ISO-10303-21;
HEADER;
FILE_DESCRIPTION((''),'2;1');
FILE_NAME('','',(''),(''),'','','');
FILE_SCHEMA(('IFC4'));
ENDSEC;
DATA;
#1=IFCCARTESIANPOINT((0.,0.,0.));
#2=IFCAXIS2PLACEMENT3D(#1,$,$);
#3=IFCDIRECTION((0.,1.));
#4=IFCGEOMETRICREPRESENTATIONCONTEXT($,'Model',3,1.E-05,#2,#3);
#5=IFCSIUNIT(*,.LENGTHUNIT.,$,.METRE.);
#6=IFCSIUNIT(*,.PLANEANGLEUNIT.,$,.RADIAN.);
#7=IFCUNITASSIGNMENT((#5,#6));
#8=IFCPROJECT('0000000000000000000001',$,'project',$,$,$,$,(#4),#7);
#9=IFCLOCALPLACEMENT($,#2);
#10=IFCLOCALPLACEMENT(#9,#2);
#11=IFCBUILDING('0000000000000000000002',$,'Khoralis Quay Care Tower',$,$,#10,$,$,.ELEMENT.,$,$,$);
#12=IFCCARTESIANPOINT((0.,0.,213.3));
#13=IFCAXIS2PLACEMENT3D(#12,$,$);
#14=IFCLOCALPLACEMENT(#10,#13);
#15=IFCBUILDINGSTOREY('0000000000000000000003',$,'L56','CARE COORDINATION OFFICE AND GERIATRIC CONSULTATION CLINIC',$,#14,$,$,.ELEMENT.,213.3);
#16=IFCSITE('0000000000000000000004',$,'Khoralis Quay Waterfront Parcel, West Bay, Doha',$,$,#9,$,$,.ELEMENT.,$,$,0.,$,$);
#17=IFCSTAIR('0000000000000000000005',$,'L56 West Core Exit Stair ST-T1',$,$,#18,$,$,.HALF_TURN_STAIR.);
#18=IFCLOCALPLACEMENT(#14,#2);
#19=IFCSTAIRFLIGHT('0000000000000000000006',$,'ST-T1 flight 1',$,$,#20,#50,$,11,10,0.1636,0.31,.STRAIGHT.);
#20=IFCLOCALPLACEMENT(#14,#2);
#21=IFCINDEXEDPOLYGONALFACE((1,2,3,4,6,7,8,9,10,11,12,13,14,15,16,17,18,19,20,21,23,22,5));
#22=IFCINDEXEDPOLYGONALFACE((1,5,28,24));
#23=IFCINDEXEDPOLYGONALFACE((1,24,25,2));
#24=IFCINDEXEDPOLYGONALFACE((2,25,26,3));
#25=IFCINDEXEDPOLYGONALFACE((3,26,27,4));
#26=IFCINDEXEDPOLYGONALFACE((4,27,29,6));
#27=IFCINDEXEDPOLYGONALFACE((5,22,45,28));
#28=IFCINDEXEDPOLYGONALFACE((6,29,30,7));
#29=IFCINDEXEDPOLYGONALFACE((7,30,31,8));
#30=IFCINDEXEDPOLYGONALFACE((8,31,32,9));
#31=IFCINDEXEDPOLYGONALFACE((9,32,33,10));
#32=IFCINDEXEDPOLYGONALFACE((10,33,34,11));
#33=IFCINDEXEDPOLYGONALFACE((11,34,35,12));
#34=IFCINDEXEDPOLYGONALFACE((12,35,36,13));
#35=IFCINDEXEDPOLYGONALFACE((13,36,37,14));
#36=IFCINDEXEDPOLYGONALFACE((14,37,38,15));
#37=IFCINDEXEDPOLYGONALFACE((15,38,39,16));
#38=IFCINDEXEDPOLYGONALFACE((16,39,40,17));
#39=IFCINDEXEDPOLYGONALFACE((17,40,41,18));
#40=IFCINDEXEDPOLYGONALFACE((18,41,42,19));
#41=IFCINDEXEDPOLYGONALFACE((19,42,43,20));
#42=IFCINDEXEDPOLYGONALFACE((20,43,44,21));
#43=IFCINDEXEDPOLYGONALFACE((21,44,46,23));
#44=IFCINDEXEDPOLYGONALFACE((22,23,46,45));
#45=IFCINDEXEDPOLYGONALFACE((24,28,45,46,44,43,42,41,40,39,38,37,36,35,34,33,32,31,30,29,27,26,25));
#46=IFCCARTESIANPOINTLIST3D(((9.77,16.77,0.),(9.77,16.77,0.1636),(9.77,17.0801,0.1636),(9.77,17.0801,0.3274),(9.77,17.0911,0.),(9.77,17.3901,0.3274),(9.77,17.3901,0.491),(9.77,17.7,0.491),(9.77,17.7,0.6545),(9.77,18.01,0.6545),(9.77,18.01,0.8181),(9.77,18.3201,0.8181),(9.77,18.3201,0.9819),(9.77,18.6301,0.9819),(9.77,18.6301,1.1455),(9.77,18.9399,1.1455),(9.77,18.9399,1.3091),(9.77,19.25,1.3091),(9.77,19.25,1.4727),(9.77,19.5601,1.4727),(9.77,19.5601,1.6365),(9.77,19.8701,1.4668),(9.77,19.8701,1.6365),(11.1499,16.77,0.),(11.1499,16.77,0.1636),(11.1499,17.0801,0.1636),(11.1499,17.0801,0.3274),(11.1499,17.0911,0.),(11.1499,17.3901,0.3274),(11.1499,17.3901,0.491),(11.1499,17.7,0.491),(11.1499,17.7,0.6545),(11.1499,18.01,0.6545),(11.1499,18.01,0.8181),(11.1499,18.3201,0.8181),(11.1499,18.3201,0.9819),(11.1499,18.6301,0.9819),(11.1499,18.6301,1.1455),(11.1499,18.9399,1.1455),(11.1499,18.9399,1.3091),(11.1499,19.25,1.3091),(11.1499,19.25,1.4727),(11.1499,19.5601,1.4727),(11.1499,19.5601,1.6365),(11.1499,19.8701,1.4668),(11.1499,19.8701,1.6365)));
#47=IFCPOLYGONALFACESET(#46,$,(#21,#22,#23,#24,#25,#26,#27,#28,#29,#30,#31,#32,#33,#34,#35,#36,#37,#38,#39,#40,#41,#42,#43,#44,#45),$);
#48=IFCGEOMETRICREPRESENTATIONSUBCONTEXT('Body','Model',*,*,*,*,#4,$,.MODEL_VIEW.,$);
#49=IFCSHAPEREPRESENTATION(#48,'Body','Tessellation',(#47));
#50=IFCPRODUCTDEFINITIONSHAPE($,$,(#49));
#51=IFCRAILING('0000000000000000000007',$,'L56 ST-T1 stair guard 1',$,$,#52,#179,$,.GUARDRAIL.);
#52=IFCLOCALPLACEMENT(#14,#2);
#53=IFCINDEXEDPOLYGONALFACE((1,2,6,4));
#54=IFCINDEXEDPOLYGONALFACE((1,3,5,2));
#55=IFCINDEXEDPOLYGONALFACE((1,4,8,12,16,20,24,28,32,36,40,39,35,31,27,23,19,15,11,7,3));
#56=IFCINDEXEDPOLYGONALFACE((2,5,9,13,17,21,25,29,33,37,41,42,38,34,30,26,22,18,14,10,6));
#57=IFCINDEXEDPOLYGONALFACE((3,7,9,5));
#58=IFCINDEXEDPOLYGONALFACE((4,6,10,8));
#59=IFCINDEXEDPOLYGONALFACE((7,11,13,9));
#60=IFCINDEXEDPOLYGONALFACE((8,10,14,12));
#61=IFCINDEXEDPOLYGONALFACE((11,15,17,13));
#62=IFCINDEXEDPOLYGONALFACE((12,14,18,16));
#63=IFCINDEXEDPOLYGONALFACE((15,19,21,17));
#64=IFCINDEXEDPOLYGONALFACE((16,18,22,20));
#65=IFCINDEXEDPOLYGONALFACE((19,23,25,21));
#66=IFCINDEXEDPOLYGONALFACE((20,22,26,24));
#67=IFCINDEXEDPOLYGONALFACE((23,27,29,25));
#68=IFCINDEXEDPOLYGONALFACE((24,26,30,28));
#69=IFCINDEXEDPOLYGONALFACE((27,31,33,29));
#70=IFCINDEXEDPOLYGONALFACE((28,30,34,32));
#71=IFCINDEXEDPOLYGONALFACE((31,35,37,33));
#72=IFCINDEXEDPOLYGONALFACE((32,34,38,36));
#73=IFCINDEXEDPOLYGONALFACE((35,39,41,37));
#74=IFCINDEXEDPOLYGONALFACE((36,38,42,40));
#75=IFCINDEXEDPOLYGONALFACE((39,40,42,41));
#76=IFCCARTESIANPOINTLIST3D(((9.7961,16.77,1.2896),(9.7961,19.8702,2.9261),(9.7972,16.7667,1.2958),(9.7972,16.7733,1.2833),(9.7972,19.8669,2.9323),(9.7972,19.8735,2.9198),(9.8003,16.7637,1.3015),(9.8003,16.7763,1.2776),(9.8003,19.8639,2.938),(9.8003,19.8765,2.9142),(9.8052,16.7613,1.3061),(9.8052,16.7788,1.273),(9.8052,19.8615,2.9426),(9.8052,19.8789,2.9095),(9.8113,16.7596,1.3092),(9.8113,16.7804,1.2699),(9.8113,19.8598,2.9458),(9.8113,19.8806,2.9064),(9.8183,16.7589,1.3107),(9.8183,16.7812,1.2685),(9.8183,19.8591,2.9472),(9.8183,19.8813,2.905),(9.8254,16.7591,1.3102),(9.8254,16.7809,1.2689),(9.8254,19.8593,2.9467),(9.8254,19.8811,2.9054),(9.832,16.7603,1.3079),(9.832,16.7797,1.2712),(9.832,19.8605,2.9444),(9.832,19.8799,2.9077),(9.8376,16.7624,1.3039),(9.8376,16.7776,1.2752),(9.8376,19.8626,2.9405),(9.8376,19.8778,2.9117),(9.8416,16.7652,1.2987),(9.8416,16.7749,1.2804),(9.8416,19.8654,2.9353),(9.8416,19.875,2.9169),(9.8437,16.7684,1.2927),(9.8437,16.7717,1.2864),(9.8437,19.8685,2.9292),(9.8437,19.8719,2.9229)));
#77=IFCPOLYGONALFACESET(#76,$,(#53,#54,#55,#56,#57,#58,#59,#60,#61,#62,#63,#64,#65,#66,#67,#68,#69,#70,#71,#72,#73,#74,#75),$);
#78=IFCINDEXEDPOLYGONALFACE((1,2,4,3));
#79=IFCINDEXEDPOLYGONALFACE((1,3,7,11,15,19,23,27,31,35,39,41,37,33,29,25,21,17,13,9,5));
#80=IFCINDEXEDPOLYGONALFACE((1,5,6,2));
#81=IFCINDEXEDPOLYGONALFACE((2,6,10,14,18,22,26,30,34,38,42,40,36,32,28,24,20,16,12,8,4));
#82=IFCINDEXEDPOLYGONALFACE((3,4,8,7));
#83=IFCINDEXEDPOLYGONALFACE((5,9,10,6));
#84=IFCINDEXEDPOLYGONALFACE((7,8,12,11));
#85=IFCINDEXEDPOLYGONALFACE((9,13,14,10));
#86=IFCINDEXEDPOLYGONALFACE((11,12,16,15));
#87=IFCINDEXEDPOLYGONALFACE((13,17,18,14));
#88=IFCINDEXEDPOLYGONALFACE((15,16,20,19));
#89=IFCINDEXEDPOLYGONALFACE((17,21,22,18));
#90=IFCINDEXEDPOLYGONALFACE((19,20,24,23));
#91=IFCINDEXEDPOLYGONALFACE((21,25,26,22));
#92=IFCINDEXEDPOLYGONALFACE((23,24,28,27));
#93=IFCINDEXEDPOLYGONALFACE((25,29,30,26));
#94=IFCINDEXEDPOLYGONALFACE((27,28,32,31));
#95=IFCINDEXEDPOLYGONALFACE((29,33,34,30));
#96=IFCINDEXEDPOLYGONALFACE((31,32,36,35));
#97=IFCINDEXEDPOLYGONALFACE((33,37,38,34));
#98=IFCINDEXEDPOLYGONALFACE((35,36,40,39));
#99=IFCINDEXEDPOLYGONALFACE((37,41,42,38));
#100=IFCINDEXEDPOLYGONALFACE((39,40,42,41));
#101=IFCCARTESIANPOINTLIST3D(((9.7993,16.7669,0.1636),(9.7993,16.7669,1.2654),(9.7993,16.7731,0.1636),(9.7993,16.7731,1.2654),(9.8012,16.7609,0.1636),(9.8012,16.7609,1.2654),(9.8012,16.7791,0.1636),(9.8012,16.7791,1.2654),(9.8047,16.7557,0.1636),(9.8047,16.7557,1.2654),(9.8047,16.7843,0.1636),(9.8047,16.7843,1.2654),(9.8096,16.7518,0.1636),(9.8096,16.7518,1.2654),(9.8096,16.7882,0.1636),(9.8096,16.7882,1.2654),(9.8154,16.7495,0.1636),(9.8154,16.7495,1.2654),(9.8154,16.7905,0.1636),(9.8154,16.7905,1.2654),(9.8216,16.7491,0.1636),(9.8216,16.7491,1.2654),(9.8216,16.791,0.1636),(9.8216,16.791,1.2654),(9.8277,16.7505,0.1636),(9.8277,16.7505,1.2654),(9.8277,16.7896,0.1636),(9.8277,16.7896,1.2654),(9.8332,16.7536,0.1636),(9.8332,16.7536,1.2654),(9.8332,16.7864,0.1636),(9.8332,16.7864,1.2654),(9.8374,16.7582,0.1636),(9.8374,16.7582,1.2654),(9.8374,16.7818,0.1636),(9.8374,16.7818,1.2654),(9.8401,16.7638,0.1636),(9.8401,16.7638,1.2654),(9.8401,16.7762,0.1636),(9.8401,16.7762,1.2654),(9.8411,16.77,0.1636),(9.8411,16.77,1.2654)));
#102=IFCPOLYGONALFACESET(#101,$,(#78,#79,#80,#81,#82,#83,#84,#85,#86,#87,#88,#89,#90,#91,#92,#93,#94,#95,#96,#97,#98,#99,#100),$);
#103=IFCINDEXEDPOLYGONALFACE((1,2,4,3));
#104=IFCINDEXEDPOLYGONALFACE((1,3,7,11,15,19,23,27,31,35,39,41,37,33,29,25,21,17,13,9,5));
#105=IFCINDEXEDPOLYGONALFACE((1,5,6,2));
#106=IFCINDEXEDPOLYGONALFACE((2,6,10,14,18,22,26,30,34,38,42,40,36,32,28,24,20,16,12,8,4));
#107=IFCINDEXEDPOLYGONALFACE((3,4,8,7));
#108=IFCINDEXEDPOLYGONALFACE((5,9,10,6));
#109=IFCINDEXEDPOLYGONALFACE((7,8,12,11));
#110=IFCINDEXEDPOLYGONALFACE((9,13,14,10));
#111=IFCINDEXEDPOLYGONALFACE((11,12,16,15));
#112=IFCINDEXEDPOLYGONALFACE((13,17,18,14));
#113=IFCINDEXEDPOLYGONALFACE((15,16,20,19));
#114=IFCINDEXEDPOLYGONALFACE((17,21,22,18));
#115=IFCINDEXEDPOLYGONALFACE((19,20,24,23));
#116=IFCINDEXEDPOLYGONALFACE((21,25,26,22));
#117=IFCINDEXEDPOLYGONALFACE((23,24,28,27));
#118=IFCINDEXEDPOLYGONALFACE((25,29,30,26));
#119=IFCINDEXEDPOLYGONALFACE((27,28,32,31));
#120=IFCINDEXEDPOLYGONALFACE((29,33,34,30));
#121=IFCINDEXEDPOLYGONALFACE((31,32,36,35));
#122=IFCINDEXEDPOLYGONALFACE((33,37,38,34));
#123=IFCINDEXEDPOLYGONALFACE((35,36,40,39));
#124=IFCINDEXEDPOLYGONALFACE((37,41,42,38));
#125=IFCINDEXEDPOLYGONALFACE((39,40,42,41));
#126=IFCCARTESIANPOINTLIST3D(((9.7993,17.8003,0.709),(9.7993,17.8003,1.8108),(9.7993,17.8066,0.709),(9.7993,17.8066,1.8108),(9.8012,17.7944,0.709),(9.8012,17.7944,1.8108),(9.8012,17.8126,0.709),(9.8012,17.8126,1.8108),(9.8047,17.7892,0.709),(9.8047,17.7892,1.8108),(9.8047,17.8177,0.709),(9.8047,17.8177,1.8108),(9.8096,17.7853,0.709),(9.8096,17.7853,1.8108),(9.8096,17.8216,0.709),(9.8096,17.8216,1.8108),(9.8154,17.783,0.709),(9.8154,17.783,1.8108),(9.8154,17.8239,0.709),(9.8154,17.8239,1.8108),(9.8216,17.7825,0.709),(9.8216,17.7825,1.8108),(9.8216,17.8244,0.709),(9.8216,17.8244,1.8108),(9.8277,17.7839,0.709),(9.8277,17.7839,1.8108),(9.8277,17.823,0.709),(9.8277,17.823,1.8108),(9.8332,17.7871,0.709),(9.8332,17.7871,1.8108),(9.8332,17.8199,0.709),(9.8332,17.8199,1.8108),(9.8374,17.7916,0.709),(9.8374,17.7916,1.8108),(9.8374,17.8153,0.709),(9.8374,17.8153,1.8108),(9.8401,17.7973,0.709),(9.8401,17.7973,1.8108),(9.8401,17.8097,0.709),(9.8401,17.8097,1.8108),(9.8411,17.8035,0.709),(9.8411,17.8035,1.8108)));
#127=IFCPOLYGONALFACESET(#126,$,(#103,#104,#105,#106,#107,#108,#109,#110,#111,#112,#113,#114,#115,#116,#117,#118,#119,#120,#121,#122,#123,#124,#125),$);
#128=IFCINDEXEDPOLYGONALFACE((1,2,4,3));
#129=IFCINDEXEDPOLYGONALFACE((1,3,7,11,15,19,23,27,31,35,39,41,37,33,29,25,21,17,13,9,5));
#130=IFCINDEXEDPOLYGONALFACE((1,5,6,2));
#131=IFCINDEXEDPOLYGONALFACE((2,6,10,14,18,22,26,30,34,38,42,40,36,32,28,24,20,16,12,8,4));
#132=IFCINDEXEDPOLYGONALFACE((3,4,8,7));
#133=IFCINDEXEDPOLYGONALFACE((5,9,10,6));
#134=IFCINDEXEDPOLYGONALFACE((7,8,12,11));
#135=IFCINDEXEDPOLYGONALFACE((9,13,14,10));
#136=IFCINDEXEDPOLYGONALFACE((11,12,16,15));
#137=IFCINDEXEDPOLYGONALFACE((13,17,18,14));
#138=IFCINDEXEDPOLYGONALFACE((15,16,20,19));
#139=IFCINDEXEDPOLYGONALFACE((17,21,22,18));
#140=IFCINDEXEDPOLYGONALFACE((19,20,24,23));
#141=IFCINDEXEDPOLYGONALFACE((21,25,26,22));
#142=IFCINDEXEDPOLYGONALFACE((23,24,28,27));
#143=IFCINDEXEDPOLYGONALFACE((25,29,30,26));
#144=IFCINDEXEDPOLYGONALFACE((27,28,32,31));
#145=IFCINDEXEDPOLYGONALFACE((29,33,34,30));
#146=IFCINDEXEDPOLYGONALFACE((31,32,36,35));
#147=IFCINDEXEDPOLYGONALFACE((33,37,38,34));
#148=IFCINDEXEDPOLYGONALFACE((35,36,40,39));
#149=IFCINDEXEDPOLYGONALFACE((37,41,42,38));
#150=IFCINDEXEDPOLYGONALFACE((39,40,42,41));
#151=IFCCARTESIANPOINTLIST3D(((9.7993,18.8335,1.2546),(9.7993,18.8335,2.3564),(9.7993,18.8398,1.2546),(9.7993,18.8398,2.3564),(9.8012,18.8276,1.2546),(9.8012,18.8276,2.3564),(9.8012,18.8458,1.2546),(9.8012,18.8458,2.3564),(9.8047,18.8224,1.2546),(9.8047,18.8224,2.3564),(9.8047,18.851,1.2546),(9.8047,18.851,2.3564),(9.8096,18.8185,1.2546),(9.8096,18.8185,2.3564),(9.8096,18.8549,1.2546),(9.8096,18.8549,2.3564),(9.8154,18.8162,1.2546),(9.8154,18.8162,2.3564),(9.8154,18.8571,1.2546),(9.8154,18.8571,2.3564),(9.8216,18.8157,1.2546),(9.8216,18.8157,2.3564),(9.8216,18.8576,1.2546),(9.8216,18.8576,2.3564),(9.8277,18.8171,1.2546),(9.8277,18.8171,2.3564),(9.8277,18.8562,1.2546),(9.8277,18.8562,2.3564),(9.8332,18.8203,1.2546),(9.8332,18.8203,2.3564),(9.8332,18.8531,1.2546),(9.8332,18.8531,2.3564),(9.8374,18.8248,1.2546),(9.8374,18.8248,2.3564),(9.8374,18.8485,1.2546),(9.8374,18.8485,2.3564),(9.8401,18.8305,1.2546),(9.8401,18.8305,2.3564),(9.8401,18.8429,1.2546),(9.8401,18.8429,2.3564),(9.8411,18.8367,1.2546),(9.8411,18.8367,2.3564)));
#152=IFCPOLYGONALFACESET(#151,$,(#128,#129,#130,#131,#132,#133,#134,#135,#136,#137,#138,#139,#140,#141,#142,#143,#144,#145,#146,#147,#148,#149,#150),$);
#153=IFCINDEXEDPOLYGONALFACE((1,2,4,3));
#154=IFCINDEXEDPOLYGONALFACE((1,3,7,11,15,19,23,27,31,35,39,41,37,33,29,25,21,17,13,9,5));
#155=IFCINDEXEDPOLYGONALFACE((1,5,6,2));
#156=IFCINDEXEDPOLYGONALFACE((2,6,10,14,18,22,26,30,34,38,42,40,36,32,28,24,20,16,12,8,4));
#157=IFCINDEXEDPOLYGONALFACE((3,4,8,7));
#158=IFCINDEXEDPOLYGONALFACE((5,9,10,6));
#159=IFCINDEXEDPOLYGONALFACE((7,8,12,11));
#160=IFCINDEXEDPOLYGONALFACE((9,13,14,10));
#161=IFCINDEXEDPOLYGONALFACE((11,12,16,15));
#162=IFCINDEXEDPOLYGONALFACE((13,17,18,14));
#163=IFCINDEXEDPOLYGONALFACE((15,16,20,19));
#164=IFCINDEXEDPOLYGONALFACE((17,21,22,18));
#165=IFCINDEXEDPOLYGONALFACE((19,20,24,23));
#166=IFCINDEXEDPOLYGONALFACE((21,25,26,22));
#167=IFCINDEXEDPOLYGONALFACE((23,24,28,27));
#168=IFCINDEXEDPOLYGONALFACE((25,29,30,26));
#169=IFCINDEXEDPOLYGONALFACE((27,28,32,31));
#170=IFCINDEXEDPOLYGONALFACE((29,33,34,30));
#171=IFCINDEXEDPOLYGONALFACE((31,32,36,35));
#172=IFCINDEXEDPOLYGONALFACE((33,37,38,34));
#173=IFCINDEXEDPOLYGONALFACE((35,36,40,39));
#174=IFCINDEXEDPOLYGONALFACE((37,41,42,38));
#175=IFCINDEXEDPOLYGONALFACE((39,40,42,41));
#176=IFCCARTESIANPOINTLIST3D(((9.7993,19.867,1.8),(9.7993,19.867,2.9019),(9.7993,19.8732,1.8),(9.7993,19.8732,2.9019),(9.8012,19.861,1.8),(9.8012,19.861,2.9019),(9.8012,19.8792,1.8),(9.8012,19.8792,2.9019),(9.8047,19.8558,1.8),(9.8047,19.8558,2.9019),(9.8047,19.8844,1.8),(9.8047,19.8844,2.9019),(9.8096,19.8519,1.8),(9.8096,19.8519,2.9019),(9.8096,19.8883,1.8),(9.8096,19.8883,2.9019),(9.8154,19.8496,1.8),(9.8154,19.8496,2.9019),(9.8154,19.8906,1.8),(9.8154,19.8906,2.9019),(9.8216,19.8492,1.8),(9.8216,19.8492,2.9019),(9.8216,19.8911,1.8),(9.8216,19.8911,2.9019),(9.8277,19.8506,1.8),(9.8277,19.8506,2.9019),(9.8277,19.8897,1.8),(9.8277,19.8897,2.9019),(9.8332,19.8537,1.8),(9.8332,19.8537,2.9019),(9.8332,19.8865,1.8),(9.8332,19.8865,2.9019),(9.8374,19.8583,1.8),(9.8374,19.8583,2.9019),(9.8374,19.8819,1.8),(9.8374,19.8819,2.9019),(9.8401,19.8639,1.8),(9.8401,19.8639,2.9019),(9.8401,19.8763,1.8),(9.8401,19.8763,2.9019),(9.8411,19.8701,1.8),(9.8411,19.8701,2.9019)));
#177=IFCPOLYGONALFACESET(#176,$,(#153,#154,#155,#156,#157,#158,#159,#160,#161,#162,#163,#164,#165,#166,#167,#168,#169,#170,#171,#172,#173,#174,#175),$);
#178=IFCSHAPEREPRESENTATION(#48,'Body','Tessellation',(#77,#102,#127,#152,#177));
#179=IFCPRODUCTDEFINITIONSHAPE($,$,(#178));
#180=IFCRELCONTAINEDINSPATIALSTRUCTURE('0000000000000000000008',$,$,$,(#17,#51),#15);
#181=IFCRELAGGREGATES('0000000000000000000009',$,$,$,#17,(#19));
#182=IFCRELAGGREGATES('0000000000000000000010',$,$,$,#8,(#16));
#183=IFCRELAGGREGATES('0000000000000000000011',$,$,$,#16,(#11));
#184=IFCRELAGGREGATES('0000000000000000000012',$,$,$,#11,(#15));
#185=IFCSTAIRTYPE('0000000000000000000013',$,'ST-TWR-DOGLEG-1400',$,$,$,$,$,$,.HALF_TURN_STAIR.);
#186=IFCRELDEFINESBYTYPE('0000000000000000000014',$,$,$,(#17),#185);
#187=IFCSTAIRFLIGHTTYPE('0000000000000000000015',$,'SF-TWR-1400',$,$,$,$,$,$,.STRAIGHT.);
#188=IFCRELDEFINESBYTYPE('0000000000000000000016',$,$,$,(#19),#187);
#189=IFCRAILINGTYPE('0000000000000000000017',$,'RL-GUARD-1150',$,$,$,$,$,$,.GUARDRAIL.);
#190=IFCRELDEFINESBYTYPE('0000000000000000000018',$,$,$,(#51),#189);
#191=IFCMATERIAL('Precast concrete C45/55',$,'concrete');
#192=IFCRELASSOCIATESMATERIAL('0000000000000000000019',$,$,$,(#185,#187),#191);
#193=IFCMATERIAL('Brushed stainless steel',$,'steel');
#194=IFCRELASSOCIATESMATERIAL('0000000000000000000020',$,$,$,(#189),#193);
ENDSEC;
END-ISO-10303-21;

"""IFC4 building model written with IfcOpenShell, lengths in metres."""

from ifc_helpers import new_model, si_unit, direction, frame, origin, origin_2d, place, context, subcontext, project, spatial, polyline, circle, outline, extrude, source, transform, mapped, material, type_object, element, aggregate, save


model = new_model("IFC4")

# Units and contexts
model_context = context("Model", 3, precision=1e-05, world=origin(), true_north=direction((0.0, 1.0)))
body_context = subcontext(model_context, "Body", "Model", "MODEL_VIEW")
ifc_project = project(units=[si_unit("LENGTHUNIT", "METRE"), si_unit("PLANEANGLEUNIT", "RADIAN")], contexts=[model_context])

# Site, building, storey
site_placement = place(None, origin())
site = spatial("IfcSite", under=ifc_project, at=site_placement, Name="Khoralis Quay Waterfront Parcel, West Bay, Doha", CompositionType="ELEMENT", RefElevation=0.0)
building_placement = place(site_placement, origin())
building = spatial("IfcBuilding", under=site, at=building_placement, Name="Khoralis Quay Care Tower", CompositionType="ELEMENT")
storey_placement = place(building_placement, frame((0.0, 0.0, 213.3)))
storey = spatial("IfcBuildingStorey", under=building, at=storey_placement, Name="L56", Description="CARE COORDINATION OFFICE AND GERIATRIC CONSULTATION CLINIC", CompositionType="ELEMENT", Elevation=213.3)

# Shared definitions
ifc_material_1 = material(Name="Brushed stainless steel", Category="steel")

# Stair, stair flight
ifc_material_2 = material(Name="Precast concrete C45/55", Category="concrete")
stair_type = type_object("IfcStairType", Name="ST-TWR-DOGLEG-1400", PredefinedType="HALF_TURN_STAIR", material=ifc_material_2)
stair_placement = place(storey_placement, origin())
stair = element("IfcStair", 1, at=stair_placement, inside=storey, type_object=stair_type, Name="L56 West Core Exit Stair ST-T1", PredefinedType="HALF_TURN_STAIR")
stair_flight_type = type_object("IfcStairFlightType", Name="SF-TWR-1400", PredefinedType="STRAIGHT", material=ifc_material_2)
shared_shape_1 = source(origin(), body_context, "Body", "SweptSolid", [
    extrude(outline(polyline([(0.0, 0.0), (0.0, 0.1636), (0.3101, 0.1636), (0.3101, 0.3274), (0.6201, 0.3274), (0.6201, 0.491), (0.9299, 0.491), (0.9299, 0.6545), (1.24, 0.6545), (1.24, 0.8181), (1.55, 0.8181), (1.55, 0.9819), (1.8601, 0.9819), (1.8601, 1.1455), (2.1699, 1.1455), (2.1699, 1.3091), (2.48, 1.3091), (2.48, 1.4727), (2.79, 1.4727), (2.79, 1.6365), (3.1001, 1.6365), (3.1001, 1.8), (3.1001, 1.4668), (0.321, 0.0), (0.0, 0.0)])), frame((0.0, 0.6899, 0.0), z_axis=(0.0, -1.0, 0.0), x_axis=(1.0, 0.0, 0.0)), (0.0, 0.0, 1.0), 1.3799),
])
stair_flight_placement = place(storey_placement, frame((10.46, 16.77, 0.0), z_axis=(0.0, 0.0, 1.0), x_axis=(0.0, 1.0, 0.0)))
stair_flight = element("IfcStairFlight", 2, at=stair_flight_placement, type_object=stair_flight_type, Name="ST-T1 flight 1", NumberOfRisers=11, NumberOfTreads=10, PredefinedType="STRAIGHT", RiserHeight=0.1636, TreadLength=0.31, context=body_context, shape_type="MappedRepresentation", body=[
    mapped(shared_shape_1, transform((0.0, 0.0, 0.0), scale=1.0)),
])
aggregate(stair, [stair_flight])

# Railing
railing_type = type_object("IfcRailingType", Name="RL-GUARD-1150", PredefinedType="GUARDRAIL", material=ifc_material_1)
railing_1_placement = place(storey_placement, frame((9.8201, 16.77, 0.1636)))
element("IfcRailing", 3, at=railing_1_placement, inside=storey, type_object=railing_type, Name="L56 ST-T1 stair guard 1", PredefinedType="GUARDRAIL", context=body_context, shape_type="SweptSolid", body=[
    extrude(circle(Radius=0.0239, at=origin_2d()), frame((0.0, 0.0, 1.126), z_axis=(0.0, 0.884348, 0.466828), x_axis=(-1.0, 0.0, 0.0)), (0.0, 0.0, 1.0), 3.5056),
    extrude(circle(Radius=0.021, at=origin_2d()), origin(), (0.0, 0.0, 1.0), 1.1018),
    extrude(circle(Radius=0.021, at=origin_2d()), frame((0.0, 1.0334, 0.5454)), (0.0, 0.0, 1.0), 1.1018),
    extrude(circle(Radius=0.021, at=origin_2d()), frame((0.0, 2.0667, 1.0911)), (0.0, 0.0, 1.0), 1.1018),
    extrude(circle(Radius=0.021, at=origin_2d()), frame((0.0, 3.1001, 1.6365)), (0.0, 0.0, 1.0), 1.1018),
])

save(model, "model.ifc")
